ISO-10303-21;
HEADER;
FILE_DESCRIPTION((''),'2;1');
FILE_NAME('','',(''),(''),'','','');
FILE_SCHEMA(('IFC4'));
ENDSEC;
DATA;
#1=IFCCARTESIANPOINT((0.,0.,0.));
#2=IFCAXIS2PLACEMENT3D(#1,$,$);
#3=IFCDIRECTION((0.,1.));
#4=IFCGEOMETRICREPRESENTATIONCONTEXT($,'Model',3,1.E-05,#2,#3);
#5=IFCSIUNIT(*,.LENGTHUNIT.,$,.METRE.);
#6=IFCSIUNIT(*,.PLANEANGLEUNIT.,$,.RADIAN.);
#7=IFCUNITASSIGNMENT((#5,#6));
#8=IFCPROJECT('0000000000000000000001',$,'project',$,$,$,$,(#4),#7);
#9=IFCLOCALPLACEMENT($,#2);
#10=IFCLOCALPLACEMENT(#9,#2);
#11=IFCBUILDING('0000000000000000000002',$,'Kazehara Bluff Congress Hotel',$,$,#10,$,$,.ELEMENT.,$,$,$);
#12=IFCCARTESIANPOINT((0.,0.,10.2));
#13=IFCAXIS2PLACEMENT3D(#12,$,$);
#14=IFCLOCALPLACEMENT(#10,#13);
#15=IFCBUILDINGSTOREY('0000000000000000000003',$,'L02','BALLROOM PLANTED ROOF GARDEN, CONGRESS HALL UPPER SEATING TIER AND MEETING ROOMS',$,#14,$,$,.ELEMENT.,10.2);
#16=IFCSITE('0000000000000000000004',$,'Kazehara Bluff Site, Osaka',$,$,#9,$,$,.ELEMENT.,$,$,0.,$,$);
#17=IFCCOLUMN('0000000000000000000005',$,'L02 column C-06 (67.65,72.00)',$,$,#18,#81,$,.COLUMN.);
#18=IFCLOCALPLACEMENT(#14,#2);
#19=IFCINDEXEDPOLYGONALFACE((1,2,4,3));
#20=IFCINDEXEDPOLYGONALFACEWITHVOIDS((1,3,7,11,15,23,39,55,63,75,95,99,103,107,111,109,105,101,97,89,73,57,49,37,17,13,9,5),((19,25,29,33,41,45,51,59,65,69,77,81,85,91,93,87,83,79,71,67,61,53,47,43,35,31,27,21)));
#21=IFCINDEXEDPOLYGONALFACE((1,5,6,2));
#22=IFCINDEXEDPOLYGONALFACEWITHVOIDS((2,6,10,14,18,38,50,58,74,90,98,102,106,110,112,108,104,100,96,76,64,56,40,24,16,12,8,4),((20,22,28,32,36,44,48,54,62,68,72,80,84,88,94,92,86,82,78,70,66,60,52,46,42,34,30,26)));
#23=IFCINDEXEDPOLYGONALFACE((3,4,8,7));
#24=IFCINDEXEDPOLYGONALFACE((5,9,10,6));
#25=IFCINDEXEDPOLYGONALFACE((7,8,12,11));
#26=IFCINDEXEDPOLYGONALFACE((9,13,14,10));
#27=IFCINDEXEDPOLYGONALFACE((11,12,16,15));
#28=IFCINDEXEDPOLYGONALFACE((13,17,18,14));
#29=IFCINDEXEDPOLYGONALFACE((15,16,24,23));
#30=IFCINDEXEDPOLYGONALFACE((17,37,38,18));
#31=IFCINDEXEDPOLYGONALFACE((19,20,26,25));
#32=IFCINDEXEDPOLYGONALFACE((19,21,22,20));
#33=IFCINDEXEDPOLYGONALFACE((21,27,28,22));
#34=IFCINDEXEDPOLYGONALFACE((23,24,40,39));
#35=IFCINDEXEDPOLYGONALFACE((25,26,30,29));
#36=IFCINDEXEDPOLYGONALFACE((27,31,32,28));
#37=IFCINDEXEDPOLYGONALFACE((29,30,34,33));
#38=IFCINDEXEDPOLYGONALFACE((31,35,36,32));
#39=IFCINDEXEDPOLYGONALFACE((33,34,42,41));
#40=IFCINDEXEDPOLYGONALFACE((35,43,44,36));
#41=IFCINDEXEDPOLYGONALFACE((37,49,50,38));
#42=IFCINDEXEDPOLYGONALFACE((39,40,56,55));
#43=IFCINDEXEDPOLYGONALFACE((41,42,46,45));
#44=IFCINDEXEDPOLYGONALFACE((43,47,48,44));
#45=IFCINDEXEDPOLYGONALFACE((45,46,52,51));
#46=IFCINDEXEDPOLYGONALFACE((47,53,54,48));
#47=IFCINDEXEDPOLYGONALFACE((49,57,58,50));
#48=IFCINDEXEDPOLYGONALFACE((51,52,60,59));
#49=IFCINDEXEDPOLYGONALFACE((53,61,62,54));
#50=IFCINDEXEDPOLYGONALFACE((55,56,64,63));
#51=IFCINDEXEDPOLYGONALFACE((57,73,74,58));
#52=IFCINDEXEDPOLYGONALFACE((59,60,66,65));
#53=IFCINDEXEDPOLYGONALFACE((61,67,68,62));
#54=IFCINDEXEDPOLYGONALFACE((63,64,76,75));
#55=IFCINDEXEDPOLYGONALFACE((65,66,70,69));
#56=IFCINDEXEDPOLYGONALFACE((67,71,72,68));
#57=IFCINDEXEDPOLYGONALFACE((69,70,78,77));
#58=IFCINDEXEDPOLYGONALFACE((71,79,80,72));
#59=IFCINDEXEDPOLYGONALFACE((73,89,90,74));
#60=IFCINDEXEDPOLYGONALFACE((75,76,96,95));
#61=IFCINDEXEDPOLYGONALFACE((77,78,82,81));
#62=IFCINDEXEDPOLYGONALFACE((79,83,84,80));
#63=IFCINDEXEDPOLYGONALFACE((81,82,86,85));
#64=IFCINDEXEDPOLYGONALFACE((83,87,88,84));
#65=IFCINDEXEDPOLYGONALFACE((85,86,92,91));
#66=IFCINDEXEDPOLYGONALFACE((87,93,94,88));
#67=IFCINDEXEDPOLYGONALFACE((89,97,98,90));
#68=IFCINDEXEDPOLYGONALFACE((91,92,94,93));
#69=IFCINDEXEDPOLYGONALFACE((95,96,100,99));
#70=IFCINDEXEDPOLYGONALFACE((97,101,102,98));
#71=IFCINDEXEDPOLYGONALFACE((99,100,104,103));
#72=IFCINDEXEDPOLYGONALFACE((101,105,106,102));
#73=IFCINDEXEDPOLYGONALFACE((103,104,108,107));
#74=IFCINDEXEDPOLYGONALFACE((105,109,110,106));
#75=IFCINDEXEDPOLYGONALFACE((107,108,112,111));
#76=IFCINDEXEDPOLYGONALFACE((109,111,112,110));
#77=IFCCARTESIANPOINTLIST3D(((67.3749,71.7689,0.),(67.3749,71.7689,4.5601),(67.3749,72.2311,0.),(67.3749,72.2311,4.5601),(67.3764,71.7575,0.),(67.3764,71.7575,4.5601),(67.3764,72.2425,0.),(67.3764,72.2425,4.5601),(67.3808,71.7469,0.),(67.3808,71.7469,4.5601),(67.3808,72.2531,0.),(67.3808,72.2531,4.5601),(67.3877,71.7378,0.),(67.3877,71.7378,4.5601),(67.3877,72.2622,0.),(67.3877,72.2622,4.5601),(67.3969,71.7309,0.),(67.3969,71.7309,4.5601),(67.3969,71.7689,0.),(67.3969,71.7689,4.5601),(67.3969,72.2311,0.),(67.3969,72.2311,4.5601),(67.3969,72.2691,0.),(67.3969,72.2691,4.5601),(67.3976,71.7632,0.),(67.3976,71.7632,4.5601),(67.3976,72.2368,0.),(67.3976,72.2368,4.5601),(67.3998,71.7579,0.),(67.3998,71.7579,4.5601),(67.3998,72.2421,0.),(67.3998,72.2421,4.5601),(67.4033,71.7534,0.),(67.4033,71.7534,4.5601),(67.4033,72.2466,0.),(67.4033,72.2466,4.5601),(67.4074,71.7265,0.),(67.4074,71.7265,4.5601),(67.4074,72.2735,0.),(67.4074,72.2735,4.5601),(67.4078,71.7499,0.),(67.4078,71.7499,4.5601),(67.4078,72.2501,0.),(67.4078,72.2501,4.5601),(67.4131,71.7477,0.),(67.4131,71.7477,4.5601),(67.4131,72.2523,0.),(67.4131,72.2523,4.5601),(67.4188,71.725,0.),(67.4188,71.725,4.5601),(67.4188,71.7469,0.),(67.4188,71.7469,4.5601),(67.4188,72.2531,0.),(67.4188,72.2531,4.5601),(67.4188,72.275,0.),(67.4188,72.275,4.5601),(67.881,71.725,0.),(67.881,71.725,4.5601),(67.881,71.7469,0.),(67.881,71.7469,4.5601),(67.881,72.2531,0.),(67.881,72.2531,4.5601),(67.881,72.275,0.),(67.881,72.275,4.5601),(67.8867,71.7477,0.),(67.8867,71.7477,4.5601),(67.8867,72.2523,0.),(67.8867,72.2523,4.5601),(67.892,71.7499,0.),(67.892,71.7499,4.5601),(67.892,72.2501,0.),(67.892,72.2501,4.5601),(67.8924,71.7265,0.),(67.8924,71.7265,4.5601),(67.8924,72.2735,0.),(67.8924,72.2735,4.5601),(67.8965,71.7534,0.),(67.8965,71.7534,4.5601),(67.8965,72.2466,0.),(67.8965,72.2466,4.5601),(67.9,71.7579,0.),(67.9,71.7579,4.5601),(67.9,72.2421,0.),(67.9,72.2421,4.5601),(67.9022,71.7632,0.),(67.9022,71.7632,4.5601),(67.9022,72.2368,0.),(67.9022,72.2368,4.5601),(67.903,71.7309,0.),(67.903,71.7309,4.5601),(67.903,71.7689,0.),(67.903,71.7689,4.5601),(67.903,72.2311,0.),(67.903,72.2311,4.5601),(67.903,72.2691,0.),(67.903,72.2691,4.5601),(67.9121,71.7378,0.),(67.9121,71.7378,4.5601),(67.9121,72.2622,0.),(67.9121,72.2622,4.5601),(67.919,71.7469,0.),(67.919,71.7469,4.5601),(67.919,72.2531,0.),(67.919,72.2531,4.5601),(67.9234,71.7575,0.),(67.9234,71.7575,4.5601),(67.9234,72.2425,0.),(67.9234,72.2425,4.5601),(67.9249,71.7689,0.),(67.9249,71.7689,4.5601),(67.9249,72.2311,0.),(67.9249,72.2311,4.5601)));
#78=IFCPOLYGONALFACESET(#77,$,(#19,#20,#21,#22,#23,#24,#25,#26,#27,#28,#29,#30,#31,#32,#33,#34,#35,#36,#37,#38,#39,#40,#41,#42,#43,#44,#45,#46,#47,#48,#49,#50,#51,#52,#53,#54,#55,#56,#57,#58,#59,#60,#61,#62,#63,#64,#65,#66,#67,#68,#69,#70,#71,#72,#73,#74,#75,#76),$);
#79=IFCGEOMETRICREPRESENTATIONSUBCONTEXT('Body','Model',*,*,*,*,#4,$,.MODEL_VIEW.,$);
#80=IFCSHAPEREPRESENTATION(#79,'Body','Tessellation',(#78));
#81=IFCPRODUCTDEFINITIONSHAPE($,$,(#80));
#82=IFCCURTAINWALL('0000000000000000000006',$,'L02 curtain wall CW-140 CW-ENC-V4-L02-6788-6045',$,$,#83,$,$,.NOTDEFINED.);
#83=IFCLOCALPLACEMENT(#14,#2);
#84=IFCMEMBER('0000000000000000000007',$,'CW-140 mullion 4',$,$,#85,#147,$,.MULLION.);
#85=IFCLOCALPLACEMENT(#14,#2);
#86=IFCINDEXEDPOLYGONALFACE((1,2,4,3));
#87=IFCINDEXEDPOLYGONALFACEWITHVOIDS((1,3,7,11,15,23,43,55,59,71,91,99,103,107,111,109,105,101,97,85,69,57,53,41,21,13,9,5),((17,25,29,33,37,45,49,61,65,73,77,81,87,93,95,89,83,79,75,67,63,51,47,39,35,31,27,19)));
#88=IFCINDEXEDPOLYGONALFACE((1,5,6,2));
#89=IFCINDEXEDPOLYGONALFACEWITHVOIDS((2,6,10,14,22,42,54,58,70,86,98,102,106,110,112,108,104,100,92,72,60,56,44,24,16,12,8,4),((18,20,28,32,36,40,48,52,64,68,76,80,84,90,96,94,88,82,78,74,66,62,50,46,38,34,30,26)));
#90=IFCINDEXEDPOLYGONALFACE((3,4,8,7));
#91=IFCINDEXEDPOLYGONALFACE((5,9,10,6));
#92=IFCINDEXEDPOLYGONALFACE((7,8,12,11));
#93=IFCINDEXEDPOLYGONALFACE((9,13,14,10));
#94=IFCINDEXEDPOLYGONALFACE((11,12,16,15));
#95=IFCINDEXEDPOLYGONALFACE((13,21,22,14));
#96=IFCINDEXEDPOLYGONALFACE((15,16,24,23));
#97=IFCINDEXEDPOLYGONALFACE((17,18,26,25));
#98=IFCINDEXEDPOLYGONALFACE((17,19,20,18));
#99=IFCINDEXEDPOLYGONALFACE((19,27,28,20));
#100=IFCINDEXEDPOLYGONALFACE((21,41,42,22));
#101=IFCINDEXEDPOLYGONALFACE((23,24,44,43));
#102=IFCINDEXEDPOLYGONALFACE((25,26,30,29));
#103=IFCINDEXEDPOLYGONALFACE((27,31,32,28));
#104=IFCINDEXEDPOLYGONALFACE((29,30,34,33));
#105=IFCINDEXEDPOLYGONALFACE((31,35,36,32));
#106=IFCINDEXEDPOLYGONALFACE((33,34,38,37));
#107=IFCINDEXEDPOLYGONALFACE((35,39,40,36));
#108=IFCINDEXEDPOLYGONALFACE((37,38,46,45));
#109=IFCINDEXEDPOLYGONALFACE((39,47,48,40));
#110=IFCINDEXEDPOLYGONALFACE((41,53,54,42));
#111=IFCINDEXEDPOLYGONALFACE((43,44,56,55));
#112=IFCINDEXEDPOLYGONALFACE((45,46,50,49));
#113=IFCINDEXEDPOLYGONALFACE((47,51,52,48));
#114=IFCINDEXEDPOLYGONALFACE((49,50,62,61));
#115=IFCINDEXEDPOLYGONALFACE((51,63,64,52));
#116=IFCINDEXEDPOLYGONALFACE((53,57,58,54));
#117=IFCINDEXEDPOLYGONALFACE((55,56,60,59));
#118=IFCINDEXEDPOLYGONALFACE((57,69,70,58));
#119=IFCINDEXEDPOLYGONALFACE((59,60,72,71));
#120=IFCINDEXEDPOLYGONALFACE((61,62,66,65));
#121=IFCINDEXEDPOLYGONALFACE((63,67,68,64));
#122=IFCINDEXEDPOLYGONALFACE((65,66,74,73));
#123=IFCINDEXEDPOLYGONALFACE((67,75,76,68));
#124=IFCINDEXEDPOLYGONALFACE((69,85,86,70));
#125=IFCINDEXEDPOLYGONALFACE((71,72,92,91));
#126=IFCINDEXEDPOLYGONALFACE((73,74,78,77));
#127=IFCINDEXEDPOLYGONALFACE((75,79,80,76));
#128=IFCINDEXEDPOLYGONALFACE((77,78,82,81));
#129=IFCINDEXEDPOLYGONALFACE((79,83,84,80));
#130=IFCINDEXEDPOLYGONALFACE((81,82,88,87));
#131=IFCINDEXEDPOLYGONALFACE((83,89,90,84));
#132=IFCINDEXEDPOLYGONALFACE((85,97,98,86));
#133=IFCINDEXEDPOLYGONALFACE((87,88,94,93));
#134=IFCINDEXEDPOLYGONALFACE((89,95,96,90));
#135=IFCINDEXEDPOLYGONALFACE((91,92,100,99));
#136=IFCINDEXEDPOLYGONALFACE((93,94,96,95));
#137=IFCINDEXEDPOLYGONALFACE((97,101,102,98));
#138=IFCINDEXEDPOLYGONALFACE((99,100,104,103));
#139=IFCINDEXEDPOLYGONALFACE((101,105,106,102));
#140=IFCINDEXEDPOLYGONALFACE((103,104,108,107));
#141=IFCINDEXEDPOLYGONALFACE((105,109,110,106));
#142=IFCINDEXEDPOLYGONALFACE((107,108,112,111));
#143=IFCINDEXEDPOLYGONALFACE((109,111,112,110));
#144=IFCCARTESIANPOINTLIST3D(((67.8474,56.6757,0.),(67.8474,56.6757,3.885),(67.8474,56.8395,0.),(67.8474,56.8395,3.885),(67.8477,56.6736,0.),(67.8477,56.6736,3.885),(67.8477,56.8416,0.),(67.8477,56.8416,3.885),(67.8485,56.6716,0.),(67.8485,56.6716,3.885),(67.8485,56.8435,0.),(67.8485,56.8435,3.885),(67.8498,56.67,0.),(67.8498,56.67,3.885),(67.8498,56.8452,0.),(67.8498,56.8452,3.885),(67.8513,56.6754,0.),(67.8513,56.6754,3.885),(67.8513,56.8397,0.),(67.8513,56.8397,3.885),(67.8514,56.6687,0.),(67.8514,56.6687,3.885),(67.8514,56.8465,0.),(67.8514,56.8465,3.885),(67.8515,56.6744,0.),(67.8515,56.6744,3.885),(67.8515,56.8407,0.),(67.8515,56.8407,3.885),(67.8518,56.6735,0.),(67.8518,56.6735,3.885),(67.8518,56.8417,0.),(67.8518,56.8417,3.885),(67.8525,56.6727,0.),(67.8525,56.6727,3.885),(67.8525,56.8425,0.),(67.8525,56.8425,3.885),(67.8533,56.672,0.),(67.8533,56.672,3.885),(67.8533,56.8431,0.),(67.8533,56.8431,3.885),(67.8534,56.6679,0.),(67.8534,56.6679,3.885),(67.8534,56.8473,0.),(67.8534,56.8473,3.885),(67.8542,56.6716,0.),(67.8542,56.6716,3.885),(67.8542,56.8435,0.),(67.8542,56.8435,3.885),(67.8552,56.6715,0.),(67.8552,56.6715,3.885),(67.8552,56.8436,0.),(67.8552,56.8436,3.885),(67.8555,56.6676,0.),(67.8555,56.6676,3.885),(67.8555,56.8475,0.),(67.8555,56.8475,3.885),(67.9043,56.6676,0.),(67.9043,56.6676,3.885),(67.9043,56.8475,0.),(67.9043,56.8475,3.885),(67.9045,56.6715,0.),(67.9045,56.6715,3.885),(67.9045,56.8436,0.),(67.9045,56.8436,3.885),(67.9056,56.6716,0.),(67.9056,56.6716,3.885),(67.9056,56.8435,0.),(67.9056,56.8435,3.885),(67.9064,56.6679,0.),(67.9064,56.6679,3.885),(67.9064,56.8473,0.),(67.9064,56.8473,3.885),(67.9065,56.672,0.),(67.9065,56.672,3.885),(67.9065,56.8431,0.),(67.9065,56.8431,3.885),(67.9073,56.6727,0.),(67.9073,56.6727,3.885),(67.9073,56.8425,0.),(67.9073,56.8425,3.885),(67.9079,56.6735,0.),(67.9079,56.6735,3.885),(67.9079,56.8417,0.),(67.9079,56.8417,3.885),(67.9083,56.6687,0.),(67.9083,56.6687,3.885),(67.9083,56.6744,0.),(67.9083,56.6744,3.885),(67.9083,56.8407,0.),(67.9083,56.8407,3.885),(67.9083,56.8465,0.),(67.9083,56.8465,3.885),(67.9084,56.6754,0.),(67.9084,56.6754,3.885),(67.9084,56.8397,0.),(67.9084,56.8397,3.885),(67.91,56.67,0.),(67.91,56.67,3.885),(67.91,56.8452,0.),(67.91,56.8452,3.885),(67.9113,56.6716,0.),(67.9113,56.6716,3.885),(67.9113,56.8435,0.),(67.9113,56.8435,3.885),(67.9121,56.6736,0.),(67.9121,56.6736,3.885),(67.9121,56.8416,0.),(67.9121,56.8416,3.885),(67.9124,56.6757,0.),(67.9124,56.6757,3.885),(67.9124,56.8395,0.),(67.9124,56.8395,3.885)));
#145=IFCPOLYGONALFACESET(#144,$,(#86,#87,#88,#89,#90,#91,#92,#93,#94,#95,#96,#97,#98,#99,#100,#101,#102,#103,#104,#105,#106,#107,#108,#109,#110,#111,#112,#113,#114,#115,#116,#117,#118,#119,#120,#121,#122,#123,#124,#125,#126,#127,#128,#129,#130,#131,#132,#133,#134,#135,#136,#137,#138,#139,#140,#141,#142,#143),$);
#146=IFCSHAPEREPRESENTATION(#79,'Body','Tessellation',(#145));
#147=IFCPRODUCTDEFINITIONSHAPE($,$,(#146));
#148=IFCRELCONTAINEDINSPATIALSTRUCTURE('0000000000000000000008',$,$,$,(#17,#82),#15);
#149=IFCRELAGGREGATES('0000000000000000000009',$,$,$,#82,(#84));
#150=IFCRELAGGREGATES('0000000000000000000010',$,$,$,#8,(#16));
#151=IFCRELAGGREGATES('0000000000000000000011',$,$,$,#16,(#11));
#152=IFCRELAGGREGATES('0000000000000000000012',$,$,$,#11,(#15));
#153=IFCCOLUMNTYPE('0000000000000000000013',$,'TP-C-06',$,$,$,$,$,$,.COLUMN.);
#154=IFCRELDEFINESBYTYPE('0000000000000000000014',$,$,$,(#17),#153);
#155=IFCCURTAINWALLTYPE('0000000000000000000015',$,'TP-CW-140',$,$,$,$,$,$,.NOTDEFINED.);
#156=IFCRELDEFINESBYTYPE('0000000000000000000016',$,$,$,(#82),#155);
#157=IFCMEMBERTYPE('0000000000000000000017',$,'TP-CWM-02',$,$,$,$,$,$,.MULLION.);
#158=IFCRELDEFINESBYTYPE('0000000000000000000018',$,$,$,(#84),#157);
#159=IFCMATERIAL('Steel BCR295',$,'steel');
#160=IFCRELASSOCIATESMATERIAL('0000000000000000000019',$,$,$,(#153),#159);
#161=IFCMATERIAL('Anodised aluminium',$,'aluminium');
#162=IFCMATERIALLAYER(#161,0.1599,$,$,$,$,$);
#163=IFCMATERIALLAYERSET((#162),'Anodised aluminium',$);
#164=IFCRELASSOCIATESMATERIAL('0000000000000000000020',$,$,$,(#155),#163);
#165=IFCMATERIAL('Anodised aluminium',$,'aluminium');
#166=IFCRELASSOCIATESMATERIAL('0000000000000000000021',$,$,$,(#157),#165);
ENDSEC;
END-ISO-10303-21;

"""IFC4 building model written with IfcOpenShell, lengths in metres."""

from ifc_helpers import new_model, si_unit, direction, frame, origin, origin_2d, place, context, subcontext, project, spatial, hollow_rectangle, extrude, material, layer, layer_set, material_profile, profile_set, type_object, element, aggregate, save


model = new_model("IFC4")

# Units and contexts
model_context = context("Model", 3, precision=1e-05, world=origin(), true_north=direction((0.0, 1.0)))
body_context = subcontext(model_context, "Body", "Model", "MODEL_VIEW")
ifc_project = project(units=[si_unit("LENGTHUNIT", "METRE"), si_unit("PLANEANGLEUNIT", "RADIAN")], contexts=[model_context])

# Site, building, storey
site_placement = place(None, origin())
site = spatial("IfcSite", under=ifc_project, at=site_placement, Name="Kazehara Bluff Site, Osaka", CompositionType="ELEMENT", RefElevation=0.0)
building_placement = place(site_placement, origin())
building = spatial("IfcBuilding", under=site, at=building_placement, Name="Kazehara Bluff Congress Hotel", CompositionType="ELEMENT")
storey_placement = place(building_placement, frame((0.0, 0.0, 10.2)))
storey = spatial("IfcBuildingStorey", under=building, at=storey_placement, Name="L02", Description="BALLROOM PLANTED ROOF GARDEN, CONGRESS HALL UPPER SEATING TIER AND MEETING ROOMS", CompositionType="ELEMENT", Elevation=10.2)

# Column
ifc_material_1 = material(Name="Steel BCR295", Category="steel")
ifc_material_profile_1 = material_profile(ifc_material_1, hollow_rectangle(XDim=0.55, YDim=0.55, WallThickness=0.022, InnerFilletRadius=0.022, OuterFilletRadius=0.0439, at=origin_2d()))
ifc_profile_set_1 = profile_set([ifc_material_profile_1], Name="Steel BCR295")
column_type = type_object("IfcColumnType", Name="TP-C-06", PredefinedType="COLUMN", material=ifc_profile_set_1)
for number, where, z_axis, x_axis, name in (
    (1, (67.6499, 72.0, 0.0), (0.0, 0.0, 1.0), (1.0, 0.0, 0.0), "L02 column C-06 (67.65,72.00)"),
):
    element("IfcColumn", number, at=place(storey_placement, frame(where, z_axis=z_axis, x_axis=x_axis)), inside=storey, type_object=column_type, Name=name, PredefinedType="COLUMN", context=body_context, shape_type="SweptSolid", body=[
        extrude(hollow_rectangle(XDim=0.55, YDim=0.55, WallThickness=0.022, InnerFilletRadius=0.022, OuterFilletRadius=0.0439, at=origin_2d()), origin(), (0.0, 0.0, 1.0), 4.5601),
    ])

# Curtain wall, member
ifc_material_2 = material(Name="Anodised aluminium", Category="aluminium")
ifc_layer_1 = layer(ifc_material_2, 0.1599)
ifc_layer_set_1 = layer_set([ifc_layer_1], Name="Anodised aluminium")
curtain_wall_type_1 = type_object("IfcCurtainWallType", Name="TP-CW-140", PredefinedType="NOTDEFINED", material=ifc_layer_set_1)
curtain_wall_1_placement = place(storey_placement, origin())
curtain_wall_1 = element("IfcCurtainWall", 2, at=curtain_wall_1_placement, inside=storey, type_object=curtain_wall_type_1, Name="L02 curtain wall CW-140 CW-ENC-V4-L02-6788-6045", PredefinedType="NOTDEFINED")
ifc_material_3 = material(Name="Anodised aluminium", Category="aluminium")
ifc_material_profile_2 = material_profile(ifc_material_3, hollow_rectangle(XDim=0.0649, YDim=0.1799, WallThickness=0.0039, InnerFilletRadius=0.0039, OuterFilletRadius=0.0081, at=origin_2d()))
ifc_profile_set_2 = profile_set([ifc_material_profile_2], Name="Anodised aluminium")
member_type_1 = type_object("IfcMemberType", Name="TP-CWM-02", PredefinedType="MULLION", material=ifc_profile_set_2)
member_1_placement = place(storey_placement, frame((67.8799, 56.7576, 0.0), z_axis=(0.0, 0.0, 1.0), x_axis=(1.0, 0.0, 0.0)))
member_1 = element("IfcMember", 3, at=member_1_placement, type_object=member_type_1, Name="CW-140 mullion 4", PredefinedType="MULLION", context=body_context, shape_type="SweptSolid", body=[
    extrude(hollow_rectangle(XDim=0.0649, YDim=0.1799, WallThickness=0.0039, InnerFilletRadius=0.0039, OuterFilletRadius=0.0081, at=origin_2d()), origin(), (0.0, 0.0, 1.0), 3.885),
])

aggregate(curtain_wall_1, [member_1])

save(model, "model.ifc")
